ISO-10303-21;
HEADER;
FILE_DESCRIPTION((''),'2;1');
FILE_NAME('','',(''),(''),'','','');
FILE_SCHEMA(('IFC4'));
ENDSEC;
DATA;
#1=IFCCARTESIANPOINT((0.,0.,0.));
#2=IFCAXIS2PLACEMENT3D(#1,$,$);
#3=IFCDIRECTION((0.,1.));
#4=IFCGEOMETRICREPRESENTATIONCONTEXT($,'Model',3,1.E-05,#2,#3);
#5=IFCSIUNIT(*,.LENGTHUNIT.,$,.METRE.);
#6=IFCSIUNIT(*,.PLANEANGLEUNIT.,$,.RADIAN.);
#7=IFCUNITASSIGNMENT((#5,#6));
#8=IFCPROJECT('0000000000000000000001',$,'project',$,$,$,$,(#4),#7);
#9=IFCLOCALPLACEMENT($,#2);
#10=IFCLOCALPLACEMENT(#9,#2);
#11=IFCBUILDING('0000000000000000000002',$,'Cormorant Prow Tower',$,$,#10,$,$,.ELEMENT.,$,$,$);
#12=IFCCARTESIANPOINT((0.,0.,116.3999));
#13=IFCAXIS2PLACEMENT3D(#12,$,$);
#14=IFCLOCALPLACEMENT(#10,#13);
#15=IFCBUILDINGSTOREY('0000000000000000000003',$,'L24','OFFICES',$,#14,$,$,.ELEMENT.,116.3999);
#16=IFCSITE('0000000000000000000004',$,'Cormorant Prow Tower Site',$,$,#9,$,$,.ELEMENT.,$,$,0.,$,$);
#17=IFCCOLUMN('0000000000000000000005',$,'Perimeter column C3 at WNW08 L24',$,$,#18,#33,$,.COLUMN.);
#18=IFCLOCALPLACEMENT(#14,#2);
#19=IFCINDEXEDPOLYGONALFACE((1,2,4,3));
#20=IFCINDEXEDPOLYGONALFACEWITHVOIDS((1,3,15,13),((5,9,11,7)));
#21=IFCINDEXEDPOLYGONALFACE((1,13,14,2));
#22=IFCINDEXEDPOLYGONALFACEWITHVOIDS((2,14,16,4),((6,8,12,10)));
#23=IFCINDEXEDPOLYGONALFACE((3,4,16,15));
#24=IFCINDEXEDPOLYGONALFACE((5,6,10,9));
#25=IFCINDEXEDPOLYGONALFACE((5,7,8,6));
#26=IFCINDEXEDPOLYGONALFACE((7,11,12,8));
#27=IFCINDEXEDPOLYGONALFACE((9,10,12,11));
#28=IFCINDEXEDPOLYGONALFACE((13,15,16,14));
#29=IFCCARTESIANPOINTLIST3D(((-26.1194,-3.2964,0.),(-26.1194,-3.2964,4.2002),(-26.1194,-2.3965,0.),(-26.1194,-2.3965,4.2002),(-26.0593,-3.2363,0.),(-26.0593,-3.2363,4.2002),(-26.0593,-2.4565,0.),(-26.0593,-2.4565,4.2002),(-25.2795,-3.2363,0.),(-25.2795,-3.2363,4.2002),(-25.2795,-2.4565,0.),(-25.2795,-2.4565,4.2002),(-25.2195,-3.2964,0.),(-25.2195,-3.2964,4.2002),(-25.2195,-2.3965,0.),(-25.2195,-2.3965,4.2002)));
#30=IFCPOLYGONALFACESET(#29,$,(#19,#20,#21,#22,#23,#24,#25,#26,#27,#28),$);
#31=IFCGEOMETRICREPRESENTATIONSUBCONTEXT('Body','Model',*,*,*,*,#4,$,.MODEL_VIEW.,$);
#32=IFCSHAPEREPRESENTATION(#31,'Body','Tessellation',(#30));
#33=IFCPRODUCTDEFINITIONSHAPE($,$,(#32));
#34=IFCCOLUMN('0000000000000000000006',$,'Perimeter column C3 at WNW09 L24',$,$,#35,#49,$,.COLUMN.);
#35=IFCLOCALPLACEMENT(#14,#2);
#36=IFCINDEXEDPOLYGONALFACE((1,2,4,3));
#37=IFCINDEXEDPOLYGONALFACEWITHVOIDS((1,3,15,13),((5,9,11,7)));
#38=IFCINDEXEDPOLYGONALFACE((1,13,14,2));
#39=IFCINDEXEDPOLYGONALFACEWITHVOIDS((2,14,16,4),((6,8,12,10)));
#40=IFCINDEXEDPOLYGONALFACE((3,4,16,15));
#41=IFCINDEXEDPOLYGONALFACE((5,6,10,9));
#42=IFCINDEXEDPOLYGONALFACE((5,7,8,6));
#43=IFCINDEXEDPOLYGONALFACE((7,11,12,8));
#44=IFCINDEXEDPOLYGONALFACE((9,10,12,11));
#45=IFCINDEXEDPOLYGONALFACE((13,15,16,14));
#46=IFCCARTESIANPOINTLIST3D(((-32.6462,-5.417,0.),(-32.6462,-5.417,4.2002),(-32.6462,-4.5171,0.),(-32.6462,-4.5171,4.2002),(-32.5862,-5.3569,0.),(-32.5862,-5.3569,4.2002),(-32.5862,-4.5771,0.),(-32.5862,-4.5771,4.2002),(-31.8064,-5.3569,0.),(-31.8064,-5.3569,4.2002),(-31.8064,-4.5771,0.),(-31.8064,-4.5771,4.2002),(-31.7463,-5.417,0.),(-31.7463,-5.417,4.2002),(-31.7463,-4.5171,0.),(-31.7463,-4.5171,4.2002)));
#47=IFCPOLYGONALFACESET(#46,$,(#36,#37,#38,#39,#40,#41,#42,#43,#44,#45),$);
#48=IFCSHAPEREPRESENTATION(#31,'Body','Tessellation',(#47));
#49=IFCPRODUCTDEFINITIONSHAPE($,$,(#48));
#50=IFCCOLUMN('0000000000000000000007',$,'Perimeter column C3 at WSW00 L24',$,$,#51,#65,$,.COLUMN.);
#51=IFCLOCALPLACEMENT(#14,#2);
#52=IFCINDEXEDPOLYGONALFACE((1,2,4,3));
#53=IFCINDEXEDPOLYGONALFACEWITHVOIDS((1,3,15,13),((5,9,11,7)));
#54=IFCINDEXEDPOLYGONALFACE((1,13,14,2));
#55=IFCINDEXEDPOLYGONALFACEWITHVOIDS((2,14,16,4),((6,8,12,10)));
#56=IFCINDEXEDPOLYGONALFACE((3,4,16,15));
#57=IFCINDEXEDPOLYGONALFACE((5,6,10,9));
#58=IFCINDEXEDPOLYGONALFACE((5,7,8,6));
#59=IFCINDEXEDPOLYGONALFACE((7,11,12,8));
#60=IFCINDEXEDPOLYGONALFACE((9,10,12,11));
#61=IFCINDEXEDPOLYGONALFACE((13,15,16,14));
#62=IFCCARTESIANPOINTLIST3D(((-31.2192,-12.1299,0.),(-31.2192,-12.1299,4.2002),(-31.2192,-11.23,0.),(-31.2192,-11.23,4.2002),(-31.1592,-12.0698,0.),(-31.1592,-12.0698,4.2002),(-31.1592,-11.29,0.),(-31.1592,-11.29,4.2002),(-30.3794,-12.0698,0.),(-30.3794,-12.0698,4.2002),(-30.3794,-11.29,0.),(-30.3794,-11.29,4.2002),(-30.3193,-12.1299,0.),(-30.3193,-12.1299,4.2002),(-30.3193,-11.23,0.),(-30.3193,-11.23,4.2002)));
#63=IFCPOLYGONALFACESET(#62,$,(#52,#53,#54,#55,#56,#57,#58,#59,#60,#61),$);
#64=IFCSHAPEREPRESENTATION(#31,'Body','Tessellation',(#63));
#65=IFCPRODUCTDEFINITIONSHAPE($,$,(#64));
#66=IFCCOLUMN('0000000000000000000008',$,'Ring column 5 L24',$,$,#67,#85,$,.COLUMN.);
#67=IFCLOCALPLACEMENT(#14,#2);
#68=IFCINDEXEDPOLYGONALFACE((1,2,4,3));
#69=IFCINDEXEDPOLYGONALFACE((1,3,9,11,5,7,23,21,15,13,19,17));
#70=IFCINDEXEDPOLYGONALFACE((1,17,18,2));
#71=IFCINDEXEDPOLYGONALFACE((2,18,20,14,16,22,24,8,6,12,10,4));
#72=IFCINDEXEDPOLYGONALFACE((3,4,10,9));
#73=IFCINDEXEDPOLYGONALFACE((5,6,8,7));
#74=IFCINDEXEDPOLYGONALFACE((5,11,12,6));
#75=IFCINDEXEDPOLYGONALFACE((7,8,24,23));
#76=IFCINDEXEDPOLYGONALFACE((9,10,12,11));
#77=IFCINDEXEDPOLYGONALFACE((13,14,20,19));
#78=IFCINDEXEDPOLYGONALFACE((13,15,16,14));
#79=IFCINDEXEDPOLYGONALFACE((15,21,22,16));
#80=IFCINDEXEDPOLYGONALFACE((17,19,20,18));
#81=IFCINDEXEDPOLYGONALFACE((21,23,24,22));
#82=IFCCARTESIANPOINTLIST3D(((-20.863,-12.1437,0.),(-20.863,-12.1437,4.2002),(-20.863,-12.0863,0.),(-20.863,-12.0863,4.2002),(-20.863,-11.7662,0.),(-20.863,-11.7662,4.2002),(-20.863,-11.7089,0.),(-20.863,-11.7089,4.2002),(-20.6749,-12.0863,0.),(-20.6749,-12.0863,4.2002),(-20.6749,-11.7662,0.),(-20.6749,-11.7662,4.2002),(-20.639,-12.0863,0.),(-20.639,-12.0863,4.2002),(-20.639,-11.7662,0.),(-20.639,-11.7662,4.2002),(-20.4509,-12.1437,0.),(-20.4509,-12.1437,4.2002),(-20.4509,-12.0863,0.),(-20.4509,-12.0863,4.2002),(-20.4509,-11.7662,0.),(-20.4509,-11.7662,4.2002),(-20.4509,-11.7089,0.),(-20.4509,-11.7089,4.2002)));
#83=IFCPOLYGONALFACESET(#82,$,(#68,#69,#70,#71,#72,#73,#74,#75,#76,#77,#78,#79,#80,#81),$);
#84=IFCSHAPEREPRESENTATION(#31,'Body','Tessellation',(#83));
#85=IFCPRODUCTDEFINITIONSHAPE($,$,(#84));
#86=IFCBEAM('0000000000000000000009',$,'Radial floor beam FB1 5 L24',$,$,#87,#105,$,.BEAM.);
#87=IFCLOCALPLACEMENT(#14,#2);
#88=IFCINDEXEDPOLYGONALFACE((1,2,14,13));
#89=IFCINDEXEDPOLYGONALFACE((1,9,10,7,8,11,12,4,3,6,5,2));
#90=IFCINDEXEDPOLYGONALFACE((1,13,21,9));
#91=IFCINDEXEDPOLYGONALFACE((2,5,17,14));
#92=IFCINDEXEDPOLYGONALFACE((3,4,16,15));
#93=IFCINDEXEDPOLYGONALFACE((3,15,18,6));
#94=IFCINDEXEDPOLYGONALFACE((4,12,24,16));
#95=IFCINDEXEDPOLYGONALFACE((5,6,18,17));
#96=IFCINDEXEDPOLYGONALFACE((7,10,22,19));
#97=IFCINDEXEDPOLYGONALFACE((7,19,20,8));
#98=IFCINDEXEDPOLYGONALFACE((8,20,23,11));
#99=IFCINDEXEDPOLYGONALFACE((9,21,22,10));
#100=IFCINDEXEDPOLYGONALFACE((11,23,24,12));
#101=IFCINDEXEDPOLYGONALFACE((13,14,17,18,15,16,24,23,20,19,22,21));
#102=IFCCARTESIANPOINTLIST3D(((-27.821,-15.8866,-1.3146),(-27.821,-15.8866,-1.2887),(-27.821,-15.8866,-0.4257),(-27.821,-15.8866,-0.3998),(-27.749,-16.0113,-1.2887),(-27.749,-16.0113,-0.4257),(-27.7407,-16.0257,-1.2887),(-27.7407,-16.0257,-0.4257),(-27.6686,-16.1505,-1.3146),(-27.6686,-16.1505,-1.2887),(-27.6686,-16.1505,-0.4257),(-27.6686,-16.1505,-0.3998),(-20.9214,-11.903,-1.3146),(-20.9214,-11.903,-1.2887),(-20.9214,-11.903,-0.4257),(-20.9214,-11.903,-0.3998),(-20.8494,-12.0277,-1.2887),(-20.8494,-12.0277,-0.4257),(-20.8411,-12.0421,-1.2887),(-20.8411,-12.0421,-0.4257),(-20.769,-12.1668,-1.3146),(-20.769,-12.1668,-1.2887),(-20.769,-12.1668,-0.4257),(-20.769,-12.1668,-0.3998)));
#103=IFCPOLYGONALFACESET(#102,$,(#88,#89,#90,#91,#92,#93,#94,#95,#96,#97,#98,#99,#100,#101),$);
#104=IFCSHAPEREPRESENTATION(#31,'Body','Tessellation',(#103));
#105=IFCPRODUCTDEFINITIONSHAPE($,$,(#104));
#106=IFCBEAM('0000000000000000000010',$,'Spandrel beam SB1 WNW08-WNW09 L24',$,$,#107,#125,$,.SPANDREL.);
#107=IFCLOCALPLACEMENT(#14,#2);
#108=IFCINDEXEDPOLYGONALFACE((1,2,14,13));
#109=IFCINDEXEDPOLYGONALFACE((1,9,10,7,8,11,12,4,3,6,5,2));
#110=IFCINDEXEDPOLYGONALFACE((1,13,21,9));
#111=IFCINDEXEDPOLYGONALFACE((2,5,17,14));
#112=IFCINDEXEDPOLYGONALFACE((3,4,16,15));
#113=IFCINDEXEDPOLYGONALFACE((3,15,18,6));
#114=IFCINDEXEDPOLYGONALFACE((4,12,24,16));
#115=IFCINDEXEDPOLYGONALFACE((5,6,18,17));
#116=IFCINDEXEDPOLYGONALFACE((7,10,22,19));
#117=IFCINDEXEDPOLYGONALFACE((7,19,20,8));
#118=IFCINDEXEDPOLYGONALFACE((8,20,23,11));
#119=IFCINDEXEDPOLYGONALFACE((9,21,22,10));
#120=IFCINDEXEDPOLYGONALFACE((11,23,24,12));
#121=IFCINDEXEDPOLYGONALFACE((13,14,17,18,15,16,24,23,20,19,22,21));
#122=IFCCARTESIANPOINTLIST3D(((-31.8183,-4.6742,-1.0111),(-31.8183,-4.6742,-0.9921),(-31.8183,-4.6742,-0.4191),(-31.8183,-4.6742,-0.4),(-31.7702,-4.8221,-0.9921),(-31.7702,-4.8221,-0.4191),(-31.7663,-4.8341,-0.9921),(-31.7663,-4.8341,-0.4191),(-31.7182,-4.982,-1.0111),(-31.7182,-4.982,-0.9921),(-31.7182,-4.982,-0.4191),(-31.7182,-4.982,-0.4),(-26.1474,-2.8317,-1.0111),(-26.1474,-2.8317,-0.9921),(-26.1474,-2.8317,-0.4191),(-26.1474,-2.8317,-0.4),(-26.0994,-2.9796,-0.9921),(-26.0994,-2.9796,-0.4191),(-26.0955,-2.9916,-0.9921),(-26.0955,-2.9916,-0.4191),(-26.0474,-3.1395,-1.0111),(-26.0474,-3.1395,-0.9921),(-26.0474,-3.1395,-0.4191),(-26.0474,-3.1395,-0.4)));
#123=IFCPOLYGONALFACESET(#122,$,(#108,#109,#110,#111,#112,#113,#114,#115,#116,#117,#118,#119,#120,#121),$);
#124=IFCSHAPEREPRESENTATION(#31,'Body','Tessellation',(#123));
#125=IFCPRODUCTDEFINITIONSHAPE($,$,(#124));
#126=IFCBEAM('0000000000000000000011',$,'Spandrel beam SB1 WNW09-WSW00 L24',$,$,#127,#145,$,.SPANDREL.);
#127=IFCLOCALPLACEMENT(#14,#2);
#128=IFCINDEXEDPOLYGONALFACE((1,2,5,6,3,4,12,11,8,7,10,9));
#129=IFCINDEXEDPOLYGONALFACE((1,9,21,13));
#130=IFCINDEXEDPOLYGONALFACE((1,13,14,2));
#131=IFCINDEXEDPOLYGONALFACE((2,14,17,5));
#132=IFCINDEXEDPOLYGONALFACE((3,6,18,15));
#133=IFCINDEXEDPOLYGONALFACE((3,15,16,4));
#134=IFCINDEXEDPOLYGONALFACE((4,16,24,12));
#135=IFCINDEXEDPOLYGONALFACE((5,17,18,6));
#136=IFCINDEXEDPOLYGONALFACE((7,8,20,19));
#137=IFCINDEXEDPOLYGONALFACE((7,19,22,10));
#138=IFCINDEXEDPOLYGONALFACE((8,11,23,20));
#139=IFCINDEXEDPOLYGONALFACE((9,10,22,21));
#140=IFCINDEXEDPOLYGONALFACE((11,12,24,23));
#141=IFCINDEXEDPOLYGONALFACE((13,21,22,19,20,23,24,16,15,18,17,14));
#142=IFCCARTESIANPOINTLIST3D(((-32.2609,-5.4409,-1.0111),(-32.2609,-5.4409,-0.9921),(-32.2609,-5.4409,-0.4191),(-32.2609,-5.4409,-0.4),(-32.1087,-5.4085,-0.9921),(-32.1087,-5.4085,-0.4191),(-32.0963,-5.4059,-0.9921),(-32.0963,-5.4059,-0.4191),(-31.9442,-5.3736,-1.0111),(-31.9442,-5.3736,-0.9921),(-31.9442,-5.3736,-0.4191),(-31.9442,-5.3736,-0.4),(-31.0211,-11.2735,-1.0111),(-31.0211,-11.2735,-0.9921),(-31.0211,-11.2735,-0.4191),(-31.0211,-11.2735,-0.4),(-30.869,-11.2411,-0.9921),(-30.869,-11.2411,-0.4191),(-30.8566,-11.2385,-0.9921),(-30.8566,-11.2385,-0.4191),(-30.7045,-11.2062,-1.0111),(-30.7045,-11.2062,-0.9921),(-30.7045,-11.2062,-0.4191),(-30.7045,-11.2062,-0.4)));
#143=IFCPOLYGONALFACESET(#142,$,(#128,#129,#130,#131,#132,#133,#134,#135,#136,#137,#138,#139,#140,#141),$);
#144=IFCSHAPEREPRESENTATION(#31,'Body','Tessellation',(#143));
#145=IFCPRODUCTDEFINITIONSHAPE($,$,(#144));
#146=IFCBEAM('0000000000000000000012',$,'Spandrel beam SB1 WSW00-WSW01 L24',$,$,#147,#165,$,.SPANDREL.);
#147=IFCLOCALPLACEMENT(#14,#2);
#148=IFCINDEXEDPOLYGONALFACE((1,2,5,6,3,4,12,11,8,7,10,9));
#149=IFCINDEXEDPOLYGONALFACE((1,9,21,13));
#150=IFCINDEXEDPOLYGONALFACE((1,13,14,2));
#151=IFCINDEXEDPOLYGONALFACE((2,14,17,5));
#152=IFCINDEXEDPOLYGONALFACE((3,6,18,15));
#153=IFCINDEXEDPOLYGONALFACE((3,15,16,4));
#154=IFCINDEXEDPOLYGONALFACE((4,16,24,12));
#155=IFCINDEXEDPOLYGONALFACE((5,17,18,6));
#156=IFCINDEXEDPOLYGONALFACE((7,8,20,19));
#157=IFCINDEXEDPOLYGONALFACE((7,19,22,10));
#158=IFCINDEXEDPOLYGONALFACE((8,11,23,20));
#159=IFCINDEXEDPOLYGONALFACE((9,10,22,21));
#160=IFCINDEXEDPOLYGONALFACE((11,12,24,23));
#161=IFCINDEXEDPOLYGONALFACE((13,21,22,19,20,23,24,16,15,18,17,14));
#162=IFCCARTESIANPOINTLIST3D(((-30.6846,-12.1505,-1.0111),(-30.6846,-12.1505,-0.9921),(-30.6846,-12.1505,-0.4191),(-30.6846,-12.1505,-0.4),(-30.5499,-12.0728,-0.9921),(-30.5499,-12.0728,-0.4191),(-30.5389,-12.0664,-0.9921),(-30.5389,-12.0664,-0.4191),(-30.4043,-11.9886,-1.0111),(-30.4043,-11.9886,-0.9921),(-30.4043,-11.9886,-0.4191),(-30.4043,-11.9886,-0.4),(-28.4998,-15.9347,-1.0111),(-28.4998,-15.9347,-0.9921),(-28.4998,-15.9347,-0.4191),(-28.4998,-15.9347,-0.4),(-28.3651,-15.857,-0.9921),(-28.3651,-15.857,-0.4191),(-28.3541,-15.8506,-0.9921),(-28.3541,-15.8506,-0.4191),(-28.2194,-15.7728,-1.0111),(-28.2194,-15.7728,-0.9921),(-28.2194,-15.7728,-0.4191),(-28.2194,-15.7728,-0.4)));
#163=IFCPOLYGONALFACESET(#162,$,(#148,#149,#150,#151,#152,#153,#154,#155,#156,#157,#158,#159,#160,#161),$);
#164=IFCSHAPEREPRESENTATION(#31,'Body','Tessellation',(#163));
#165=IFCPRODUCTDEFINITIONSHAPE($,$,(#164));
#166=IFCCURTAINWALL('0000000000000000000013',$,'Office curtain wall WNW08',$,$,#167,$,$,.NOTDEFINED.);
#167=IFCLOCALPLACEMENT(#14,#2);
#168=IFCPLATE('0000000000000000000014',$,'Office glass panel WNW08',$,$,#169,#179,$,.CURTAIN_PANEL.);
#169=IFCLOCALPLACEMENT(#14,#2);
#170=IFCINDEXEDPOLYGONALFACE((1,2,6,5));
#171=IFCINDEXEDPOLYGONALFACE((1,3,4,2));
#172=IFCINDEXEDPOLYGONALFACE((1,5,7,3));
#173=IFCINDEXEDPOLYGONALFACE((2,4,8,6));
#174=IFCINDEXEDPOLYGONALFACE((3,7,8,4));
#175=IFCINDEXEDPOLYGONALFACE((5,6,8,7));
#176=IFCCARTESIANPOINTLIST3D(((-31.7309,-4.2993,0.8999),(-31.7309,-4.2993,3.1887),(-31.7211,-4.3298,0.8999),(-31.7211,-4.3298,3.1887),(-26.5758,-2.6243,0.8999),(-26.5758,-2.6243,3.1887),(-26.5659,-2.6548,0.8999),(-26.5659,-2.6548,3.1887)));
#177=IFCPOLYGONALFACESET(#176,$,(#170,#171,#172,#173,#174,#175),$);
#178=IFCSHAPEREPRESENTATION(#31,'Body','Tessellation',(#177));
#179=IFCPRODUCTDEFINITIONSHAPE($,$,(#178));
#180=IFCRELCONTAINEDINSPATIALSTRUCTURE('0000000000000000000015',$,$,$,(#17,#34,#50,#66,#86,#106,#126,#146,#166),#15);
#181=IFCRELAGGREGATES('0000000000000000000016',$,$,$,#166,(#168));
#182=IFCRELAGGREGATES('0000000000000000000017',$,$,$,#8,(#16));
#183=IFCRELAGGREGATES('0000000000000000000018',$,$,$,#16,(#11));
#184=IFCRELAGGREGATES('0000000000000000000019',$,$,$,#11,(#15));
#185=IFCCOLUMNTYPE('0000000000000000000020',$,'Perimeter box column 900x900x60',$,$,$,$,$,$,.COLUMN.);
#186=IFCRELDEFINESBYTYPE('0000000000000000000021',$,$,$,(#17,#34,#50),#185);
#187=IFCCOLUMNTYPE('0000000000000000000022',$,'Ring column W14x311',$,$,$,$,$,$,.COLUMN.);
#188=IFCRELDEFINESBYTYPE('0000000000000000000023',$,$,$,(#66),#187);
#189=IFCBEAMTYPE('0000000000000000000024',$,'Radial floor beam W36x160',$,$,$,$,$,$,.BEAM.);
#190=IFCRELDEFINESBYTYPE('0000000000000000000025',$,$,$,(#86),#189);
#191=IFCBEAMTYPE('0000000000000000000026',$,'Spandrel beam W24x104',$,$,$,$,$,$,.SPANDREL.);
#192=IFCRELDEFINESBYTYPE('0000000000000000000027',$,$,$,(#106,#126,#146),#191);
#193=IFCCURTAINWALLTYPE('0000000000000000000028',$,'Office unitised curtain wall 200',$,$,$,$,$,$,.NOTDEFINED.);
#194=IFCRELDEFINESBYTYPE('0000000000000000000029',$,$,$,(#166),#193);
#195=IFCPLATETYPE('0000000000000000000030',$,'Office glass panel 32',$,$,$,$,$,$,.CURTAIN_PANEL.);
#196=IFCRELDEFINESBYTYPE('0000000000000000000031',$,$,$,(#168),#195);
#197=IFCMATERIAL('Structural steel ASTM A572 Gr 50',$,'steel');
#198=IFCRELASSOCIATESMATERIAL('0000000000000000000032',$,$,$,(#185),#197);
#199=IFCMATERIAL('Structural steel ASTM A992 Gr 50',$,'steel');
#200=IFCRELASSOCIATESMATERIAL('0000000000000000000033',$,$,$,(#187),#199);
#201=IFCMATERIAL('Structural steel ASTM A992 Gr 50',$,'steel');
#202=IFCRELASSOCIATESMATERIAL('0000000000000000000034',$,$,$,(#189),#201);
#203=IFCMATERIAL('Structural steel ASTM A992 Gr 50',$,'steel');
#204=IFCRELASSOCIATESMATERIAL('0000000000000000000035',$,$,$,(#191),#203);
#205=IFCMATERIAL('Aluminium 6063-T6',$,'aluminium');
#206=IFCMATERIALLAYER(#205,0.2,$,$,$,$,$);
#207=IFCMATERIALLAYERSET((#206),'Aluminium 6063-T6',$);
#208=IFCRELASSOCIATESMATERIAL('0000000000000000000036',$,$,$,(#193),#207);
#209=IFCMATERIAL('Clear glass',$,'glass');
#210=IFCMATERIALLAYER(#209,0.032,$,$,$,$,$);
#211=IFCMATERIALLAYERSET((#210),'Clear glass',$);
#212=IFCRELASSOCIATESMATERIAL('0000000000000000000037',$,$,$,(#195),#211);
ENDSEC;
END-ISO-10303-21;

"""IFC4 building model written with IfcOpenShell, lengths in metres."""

from ifc_helpers import new_model, si_unit, direction, frame, origin, origin_2d, place, context, subcontext, project, spatial, rectangle, hollow_rectangle, i_section, extrude, material, layer, layer_set, material_profile, profile_set, type_object, element, aggregate, save


model = new_model("IFC4")

# Units and contexts
model_context = context("Model", 3, precision=1e-05, world=origin(), true_north=direction((0.0, 1.0)))
body_context = subcontext(model_context, "Body", "Model", "MODEL_VIEW")
ifc_project = project(units=[si_unit("LENGTHUNIT", "METRE"), si_unit("PLANEANGLEUNIT", "RADIAN")], contexts=[model_context])

# Site, building, storey
site_placement = place(None, origin())
site = spatial("IfcSite", under=ifc_project, at=site_placement, Name="Cormorant Prow Tower Site", CompositionType="ELEMENT", RefElevation=0.0)
building_placement = place(site_placement, origin())
building = spatial("IfcBuilding", under=site, at=building_placement, Name="Cormorant Prow Tower", CompositionType="ELEMENT")
storey_placement = place(building_placement, frame((0.0, 0.0, 116.3999)))
storey = spatial("IfcBuildingStorey", under=building, at=storey_placement, Name="L24", Description="OFFICES", CompositionType="ELEMENT", Elevation=116.3999)

# Columns
ifc_material_1 = material(Name="Structural steel ASTM A572 Gr 50", Category="steel")
ifc_material_profile_1 = material_profile(ifc_material_1, hollow_rectangle(XDim=0.8999, YDim=0.8999, WallThickness=0.0601, at=origin_2d()), Name="Box 900x900x60")
ifc_profile_set_1 = profile_set([ifc_material_profile_1], Name="Structural steel ASTM A572 Gr 50")
column_type_1 = type_object("IfcColumnType", Name="Perimeter box column 900x900x60", PredefinedType="COLUMN", material=ifc_profile_set_1)
for number, where, z_axis, x_axis, name in (
    (1, (-25.6694, -2.8464, 0.0), (0.0, 0.0, 1.0), (1.0, 0.0, 0.0), "Perimeter column C3 at WNW08 L24"),
    (2, (-32.1963, -4.967, 0.0), (0.0, 0.0, 1.0), (1.0, 0.0, 0.0), "Perimeter column C3 at WNW09 L24"),
    (3, (-30.7693, -11.6799, 0.0), (0.0, 0.0, 1.0), (1.0, 0.0, 0.0), "Perimeter column C3 at WSW00 L24"),
):
    element("IfcColumn", number, at=place(storey_placement, frame(where, z_axis=z_axis, x_axis=x_axis)), inside=storey, type_object=column_type_1, Name=name, PredefinedType="COLUMN", context=body_context, shape_type="SweptSolid", body=[
        extrude(hollow_rectangle(XDim=0.8999, YDim=0.8999, WallThickness=0.0601, at=origin_2d()), origin(), (0.0, 0.0, 1.0), 4.2002),
    ])
ifc_material_2 = material(Name="Structural steel ASTM A992 Gr 50", Category="steel")
ifc_material_profile_2 = material_profile(ifc_material_2, i_section(OverallWidth=0.4121, OverallDepth=0.4348, WebThickness=0.0359, FlangeThickness=0.0574, at=origin_2d()), Name="W14x311")
ifc_profile_set_2 = profile_set([ifc_material_profile_2], Name="Structural steel ASTM A992 Gr 50")
column_type_2 = type_object("IfcColumnType", Name="Ring column W14x311", PredefinedType="COLUMN", material=ifc_profile_set_2)
column_placement = place(storey_placement, frame((-20.657, -11.9263, 0.0), z_axis=(0.0, 0.0, 1.0), x_axis=(1.0, 0.0, 0.0)))
element("IfcColumn", 4, at=column_placement, inside=storey, type_object=column_type_2, Name="Ring column 5 L24", PredefinedType="COLUMN", context=body_context, shape_type="SweptSolid", body=[
    extrude(i_section(OverallWidth=0.4121, OverallDepth=0.4348, WebThickness=0.0359, FlangeThickness=0.0574, at=origin_2d()), origin(), (0.0, 0.0, 1.0), 4.2002),
])

# Beams
ifc_material_3 = material(Name="Structural steel ASTM A992 Gr 50", Category="steel")
ifc_material_profile_3 = material_profile(ifc_material_3, i_section(OverallWidth=0.3047, OverallDepth=0.9148, WebThickness=0.0166, FlangeThickness=0.0259, at=origin_2d()), Name="W36x160")
ifc_profile_set_3 = profile_set([ifc_material_profile_3], Name="Structural steel ASTM A992 Gr 50")
beam_type_1 = type_object("IfcBeamType", Name="Radial floor beam W36x160", PredefinedType="BEAM", material=ifc_profile_set_3)
beam_1_placement = place(storey_placement, frame((-20.8452, -12.0349, -0.8572), z_axis=(-0.866019, -0.500012, 0.0), x_axis=(0.500012, -0.866019, 0.0)))
element("IfcBeam", 5, at=beam_1_placement, inside=storey, type_object=beam_type_1, Name="Radial floor beam FB1 5 L24", PredefinedType="BEAM", context=body_context, shape_type="SweptSolid", body=[
    extrude(i_section(OverallWidth=0.3047, OverallDepth=0.9148, WebThickness=0.0166, FlangeThickness=0.0259, at=origin_2d()), origin(), (0.0, 0.0, 1.0), 7.967),
])
ifc_material_4 = material(Name="Structural steel ASTM A992 Gr 50", Category="steel")
ifc_material_profile_4 = material_profile(ifc_material_4, i_section(OverallWidth=0.3237, OverallDepth=0.6111, WebThickness=0.0127, FlangeThickness=0.019, at=origin_2d()), Name="W24x104")
ifc_profile_set_4 = profile_set([ifc_material_profile_4], Name="Structural steel ASTM A992 Gr 50")
beam_type_2 = type_object("IfcBeamType", Name="Spandrel beam W24x104", PredefinedType="SPANDREL", material=ifc_profile_set_4)
beam_2_placement = place(storey_placement, frame((-26.0974, -2.9856, -0.7056), z_axis=(-0.951059, -0.309008, 0.0), x_axis=(0.309008, -0.951059, 0.0)))
element("IfcBeam", 6, at=beam_2_placement, inside=storey, type_object=beam_type_2, Name="Spandrel beam SB1 WNW08-WNW09 L24", PredefinedType="SPANDREL", context=body_context, shape_type="SweptSolid", body=[
    extrude(i_section(OverallWidth=0.3237, OverallDepth=0.6111, WebThickness=0.0127, FlangeThickness=0.019, at=origin_2d()), origin(), (0.0, 0.0, 1.0), 5.9626),
])
beam_3_placement = place(storey_placement, frame((-32.1025, -5.4072, -0.7056), z_axis=(0.207913, -0.978147, 0.0), x_axis=(0.978147, 0.207913, 0.0)))
element("IfcBeam", 7, at=beam_3_placement, inside=storey, type_object=beam_type_2, Name="Spandrel beam SB1 WNW09-WSW00 L24", PredefinedType="SPANDREL", context=body_context, shape_type="SweptSolid", body=[
    extrude(i_section(OverallWidth=0.3237, OverallDepth=0.6111, WebThickness=0.0127, FlangeThickness=0.019, at=origin_2d()), origin(), (0.0, 0.0, 1.0), 5.9629),
])
beam_4_placement = place(storey_placement, frame((-30.5444, -12.0696, -0.7056), z_axis=(0.500003, -0.866024, 0.0), x_axis=(0.866024, 0.500003, 0.0)))
element("IfcBeam", 8, at=beam_4_placement, inside=storey, type_object=beam_type_2, Name="Spandrel beam SB1 WSW00-WSW01 L24", PredefinedType="SPANDREL", context=body_context, shape_type="SweptSolid", body=[
    extrude(i_section(OverallWidth=0.3237, OverallDepth=0.6111, WebThickness=0.0127, FlangeThickness=0.019, at=origin_2d()), origin(), (0.0, 0.0, 1.0), 4.3696),
])

# Curtain wall, plate
ifc_material_5 = material(Name="Aluminium 6063-T6", Category="aluminium")
ifc_layer_1 = layer(ifc_material_5, 0.2)
ifc_layer_set_1 = layer_set([ifc_layer_1], Name="Aluminium 6063-T6")
curtain_wall_type = type_object("IfcCurtainWallType", Name="Office unitised curtain wall 200", PredefinedType="NOTDEFINED", material=ifc_layer_set_1)
curtain_wall_placement = place(storey_placement, origin())
curtain_wall = element("IfcCurtainWall", 9, at=curtain_wall_placement, inside=storey, type_object=curtain_wall_type, Name="Office curtain wall WNW08", PredefinedType="NOTDEFINED")
ifc_material_6 = material(Name="Clear glass", Category="glass")
ifc_layer_2 = layer(ifc_material_6, 0.032)
ifc_layer_set_2 = layer_set([ifc_layer_2], Name="Clear glass")
plate_type = type_object("IfcPlateType", Name="Office glass panel 32", PredefinedType="CURTAIN_PANEL", material=ifc_layer_set_2)
plate_placement = place(storey_placement, frame((-29.1484, -3.4771, 0.8999), z_axis=(0.0, 0.0, 1.0), x_axis=(-0.951057, -0.309017, 0.0)))
plate = element("IfcPlate", 10, at=plate_placement, type_object=plate_type, Name="Office glass panel WNW08", PredefinedType="CURTAIN_PANEL", context=body_context, shape_type="SweptSolid", body=[
    extrude(rectangle(XDim=5.4204, YDim=0.032, at=origin_2d()), origin(), (0.0, 0.0, 1.0), 2.2888),
])
aggregate(curtain_wall, [plate])

save(model, "model.ifc")
